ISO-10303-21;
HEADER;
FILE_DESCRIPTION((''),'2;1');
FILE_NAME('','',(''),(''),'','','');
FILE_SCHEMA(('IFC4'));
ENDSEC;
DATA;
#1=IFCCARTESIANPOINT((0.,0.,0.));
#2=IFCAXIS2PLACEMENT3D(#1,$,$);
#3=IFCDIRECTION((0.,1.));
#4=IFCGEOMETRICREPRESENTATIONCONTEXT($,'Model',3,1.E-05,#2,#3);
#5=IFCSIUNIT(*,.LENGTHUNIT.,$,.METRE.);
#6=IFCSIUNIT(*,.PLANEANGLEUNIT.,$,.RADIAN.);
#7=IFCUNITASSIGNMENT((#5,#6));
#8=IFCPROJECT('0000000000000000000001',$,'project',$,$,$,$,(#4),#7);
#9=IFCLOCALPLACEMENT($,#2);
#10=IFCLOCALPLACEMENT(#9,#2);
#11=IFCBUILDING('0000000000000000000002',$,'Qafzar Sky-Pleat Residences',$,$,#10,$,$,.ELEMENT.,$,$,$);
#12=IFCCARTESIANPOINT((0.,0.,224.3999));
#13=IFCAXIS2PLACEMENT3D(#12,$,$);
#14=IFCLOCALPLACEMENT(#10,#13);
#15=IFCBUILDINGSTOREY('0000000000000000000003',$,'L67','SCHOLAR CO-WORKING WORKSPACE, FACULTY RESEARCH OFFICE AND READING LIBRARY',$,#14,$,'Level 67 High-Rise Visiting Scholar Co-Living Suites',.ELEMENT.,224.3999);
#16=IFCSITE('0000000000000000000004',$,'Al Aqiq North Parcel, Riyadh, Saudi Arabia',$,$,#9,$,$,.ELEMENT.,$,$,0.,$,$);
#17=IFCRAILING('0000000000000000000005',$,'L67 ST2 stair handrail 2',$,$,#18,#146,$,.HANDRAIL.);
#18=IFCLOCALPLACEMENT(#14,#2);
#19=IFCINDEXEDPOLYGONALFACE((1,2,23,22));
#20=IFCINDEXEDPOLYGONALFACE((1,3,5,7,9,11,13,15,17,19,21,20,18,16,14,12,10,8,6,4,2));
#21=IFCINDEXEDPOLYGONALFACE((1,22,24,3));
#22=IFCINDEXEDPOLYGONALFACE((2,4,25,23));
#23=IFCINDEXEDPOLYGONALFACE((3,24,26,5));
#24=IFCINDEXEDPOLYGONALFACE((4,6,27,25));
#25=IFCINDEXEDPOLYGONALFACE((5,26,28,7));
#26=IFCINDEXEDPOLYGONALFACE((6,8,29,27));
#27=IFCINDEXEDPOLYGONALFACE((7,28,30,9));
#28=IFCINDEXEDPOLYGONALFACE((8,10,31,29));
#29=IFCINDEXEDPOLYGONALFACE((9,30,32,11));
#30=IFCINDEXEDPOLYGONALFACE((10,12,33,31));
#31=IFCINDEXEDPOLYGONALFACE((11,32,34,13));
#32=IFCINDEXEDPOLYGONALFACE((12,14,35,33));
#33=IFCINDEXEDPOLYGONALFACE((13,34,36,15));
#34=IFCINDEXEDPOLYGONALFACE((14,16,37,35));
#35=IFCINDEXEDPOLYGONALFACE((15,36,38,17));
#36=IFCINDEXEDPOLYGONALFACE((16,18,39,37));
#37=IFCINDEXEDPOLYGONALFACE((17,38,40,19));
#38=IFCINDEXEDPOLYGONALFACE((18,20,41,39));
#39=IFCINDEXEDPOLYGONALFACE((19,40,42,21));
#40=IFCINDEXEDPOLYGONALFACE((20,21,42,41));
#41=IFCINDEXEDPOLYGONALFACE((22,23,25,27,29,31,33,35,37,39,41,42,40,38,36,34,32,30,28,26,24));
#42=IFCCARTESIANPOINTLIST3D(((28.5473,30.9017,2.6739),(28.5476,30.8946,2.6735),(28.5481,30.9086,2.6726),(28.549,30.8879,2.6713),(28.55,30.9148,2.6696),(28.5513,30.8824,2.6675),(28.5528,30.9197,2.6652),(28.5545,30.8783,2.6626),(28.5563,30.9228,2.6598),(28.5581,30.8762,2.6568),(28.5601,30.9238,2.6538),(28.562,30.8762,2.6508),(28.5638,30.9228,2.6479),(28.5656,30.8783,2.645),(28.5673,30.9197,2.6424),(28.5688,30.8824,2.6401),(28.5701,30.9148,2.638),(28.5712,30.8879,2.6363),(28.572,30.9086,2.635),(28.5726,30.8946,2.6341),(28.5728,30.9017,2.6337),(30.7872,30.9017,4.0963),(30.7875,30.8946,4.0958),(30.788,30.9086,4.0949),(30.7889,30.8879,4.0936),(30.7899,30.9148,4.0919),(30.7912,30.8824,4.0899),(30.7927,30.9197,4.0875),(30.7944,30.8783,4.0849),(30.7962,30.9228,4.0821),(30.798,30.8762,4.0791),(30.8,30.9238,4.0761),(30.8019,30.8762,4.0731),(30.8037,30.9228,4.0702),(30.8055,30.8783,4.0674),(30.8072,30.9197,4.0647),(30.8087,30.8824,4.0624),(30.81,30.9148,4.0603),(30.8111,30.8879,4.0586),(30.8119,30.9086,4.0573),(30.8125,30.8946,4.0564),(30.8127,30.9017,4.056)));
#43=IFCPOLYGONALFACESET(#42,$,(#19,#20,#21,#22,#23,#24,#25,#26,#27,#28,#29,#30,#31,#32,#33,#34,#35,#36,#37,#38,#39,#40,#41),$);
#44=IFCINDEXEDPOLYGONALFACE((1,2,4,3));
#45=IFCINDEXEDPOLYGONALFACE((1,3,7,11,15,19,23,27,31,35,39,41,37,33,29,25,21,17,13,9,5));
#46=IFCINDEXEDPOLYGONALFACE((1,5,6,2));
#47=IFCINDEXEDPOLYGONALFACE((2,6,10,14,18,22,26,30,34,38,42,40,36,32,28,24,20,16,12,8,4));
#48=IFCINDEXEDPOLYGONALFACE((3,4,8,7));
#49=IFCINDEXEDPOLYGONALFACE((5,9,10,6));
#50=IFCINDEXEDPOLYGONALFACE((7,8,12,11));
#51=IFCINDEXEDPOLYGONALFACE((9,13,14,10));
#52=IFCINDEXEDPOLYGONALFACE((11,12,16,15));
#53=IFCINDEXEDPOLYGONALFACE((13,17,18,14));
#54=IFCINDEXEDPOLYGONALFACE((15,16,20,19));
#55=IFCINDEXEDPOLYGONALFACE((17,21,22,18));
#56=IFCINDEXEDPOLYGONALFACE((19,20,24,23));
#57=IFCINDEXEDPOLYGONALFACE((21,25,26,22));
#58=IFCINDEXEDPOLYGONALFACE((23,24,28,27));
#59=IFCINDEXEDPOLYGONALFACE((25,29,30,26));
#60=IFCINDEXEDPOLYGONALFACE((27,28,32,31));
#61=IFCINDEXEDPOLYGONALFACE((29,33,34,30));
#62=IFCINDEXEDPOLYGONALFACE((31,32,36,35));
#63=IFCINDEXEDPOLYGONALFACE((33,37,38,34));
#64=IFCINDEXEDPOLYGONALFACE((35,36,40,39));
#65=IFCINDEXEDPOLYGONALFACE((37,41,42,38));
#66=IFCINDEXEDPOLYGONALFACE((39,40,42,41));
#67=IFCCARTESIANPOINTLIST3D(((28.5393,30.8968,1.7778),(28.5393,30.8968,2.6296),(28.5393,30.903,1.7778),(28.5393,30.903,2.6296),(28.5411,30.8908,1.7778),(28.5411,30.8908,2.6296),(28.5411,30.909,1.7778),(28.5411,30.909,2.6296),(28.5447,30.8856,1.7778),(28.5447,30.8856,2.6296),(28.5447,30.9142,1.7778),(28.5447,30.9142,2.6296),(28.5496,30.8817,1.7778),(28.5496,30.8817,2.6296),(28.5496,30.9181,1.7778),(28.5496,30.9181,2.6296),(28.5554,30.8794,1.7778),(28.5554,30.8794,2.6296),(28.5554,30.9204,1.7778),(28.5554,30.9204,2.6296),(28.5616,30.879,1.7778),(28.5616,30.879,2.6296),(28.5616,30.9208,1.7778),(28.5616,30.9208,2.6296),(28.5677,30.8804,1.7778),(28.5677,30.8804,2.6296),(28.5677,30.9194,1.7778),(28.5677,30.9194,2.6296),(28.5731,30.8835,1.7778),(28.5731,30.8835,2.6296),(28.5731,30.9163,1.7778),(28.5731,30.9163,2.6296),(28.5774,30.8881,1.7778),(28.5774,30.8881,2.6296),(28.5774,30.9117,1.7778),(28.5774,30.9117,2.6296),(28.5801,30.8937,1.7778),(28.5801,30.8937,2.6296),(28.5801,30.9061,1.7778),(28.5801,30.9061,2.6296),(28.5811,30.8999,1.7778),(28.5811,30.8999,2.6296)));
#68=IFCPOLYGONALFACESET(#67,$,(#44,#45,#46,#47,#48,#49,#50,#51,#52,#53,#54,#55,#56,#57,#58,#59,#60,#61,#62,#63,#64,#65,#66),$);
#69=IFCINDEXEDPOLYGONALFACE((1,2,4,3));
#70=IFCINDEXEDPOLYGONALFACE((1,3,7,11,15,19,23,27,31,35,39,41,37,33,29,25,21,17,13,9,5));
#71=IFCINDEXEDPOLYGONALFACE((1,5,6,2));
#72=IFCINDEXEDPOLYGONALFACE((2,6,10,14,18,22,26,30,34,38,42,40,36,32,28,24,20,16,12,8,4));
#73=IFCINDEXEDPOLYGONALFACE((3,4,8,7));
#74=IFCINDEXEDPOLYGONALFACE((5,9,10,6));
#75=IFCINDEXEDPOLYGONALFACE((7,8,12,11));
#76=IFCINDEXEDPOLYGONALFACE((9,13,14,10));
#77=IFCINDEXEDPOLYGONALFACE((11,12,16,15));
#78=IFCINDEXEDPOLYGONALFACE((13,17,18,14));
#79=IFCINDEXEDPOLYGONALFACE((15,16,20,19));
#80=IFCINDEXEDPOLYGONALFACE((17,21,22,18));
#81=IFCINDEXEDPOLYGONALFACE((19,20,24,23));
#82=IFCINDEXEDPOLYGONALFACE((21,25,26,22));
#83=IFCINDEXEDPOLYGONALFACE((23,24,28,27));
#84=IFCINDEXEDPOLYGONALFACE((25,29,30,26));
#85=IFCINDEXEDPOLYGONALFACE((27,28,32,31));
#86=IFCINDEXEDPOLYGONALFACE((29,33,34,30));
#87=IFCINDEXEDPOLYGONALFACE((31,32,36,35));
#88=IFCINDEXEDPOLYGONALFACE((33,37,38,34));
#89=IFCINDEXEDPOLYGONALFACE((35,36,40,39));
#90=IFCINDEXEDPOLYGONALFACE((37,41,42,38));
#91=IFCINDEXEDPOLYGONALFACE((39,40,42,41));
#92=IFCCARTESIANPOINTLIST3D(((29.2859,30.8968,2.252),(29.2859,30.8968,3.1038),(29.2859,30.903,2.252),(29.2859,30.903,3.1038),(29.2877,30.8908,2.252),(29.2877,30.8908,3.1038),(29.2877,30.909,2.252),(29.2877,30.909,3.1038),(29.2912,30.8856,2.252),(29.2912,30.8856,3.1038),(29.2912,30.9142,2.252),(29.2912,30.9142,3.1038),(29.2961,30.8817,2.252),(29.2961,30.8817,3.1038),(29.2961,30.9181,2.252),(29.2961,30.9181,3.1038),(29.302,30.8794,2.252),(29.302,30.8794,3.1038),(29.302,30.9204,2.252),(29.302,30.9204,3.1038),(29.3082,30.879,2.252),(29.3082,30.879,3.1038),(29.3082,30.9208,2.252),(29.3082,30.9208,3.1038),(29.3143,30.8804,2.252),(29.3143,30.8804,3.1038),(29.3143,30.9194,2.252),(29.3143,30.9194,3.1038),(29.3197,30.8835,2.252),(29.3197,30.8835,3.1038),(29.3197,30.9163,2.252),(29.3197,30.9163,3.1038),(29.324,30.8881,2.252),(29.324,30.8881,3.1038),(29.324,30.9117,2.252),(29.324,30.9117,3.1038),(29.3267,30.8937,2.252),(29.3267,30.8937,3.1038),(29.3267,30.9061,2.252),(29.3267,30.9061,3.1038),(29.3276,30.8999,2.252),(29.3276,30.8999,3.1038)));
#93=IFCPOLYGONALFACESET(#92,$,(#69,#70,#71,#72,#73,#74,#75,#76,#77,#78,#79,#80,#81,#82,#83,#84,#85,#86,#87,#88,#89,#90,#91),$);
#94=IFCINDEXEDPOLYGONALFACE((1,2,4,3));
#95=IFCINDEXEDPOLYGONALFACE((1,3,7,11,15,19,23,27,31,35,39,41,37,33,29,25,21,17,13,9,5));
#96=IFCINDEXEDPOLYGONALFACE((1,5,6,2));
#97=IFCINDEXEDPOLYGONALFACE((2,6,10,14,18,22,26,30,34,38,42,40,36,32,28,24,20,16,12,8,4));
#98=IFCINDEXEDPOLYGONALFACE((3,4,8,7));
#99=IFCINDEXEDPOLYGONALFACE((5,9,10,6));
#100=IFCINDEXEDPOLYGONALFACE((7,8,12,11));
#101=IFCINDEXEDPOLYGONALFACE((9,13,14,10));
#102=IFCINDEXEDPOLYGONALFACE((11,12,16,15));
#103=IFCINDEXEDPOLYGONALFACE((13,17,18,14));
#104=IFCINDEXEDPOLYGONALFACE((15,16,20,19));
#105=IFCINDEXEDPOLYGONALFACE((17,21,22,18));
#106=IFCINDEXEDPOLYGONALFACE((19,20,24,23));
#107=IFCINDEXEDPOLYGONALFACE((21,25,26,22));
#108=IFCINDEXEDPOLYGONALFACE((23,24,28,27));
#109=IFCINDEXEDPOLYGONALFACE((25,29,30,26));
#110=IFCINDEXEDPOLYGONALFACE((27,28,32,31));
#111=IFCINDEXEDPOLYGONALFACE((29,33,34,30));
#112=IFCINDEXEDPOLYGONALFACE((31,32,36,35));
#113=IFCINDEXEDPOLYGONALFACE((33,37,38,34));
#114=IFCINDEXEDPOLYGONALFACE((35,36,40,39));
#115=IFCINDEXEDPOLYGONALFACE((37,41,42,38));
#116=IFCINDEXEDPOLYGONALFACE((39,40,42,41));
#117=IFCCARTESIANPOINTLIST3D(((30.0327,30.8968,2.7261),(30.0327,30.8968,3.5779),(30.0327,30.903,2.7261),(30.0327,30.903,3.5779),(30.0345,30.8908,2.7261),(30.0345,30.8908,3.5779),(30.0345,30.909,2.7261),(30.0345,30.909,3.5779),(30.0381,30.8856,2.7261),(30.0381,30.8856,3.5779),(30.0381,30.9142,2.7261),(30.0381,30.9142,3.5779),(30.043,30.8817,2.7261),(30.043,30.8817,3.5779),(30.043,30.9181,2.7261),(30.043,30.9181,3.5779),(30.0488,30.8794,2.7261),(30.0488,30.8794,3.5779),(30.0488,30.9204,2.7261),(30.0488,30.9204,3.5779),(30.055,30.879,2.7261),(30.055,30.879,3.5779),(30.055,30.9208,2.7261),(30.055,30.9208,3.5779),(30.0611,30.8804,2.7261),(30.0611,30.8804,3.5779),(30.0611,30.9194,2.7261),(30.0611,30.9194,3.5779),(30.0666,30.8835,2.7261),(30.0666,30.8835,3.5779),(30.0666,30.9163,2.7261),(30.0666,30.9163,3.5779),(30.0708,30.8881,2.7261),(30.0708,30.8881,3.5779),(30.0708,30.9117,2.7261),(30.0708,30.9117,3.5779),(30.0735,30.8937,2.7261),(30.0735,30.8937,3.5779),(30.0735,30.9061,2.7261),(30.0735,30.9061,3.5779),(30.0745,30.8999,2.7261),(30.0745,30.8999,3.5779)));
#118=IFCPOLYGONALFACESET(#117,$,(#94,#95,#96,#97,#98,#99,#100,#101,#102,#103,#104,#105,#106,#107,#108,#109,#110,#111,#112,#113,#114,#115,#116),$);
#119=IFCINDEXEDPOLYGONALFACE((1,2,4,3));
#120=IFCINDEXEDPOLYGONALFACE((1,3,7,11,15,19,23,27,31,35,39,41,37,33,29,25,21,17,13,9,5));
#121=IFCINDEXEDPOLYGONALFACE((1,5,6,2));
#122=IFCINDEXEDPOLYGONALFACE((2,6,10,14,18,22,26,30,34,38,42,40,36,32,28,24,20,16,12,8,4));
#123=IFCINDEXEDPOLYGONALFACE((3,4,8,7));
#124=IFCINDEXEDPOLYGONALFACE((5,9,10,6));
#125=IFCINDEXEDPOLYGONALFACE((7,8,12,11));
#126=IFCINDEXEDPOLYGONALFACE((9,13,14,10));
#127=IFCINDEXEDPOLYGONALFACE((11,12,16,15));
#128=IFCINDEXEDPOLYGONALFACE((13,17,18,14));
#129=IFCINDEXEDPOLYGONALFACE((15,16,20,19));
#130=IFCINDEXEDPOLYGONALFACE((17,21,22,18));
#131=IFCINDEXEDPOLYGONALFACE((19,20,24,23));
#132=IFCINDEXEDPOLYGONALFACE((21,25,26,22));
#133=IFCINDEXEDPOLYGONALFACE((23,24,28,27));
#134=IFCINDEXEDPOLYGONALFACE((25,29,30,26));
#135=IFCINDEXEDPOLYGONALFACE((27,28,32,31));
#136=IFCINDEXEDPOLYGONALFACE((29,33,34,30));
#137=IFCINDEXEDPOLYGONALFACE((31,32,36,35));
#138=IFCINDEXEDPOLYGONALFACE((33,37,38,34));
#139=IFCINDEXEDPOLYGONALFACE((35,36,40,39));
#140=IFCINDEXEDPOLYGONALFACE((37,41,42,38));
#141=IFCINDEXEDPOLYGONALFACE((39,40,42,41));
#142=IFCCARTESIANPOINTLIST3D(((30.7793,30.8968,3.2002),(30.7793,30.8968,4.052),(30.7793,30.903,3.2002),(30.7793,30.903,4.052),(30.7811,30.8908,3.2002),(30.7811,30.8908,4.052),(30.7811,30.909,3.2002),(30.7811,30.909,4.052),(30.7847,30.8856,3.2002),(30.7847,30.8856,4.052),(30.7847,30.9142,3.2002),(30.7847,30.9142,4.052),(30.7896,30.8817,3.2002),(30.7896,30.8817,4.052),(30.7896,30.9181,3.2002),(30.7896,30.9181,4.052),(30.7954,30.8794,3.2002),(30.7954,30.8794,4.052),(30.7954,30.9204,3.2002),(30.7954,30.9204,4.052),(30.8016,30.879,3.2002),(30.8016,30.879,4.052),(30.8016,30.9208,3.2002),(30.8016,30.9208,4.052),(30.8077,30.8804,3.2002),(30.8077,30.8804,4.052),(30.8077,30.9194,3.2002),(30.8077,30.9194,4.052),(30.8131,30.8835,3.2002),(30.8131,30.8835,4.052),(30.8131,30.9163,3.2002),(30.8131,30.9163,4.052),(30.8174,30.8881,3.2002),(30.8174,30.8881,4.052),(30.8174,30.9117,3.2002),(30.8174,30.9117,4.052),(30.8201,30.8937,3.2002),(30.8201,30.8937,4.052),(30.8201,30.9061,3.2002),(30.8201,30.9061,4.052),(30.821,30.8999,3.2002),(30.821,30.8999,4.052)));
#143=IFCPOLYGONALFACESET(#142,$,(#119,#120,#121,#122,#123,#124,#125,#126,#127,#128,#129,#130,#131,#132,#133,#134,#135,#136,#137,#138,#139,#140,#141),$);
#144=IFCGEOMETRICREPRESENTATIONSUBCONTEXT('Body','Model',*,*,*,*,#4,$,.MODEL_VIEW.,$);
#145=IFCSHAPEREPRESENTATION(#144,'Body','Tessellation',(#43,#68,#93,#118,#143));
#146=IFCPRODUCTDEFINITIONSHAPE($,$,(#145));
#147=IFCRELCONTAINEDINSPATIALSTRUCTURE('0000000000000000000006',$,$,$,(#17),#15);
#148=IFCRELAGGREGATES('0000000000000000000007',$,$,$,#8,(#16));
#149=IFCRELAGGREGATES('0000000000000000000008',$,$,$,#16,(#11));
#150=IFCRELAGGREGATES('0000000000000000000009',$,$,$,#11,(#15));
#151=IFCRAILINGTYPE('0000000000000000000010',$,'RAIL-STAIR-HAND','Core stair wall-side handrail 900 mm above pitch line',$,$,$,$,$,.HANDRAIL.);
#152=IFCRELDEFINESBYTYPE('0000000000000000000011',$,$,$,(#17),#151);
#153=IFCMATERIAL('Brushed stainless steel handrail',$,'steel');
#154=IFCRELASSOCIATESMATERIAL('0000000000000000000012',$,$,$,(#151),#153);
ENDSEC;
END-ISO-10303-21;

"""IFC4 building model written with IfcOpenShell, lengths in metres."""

from ifc_helpers import new_model, si_unit, direction, frame, origin, origin_2d, place, context, subcontext, project, spatial, circle, extrude, source, transform, mapped, material, type_object, element, save


model = new_model("IFC4")

# Units and contexts
model_context = context("Model", 3, precision=1e-05, world=origin(), true_north=direction((0.0, 1.0)))
body_context = subcontext(model_context, "Body", "Model", "MODEL_VIEW")
ifc_project = project(units=[si_unit("LENGTHUNIT", "METRE"), si_unit("PLANEANGLEUNIT", "RADIAN")], contexts=[model_context])

# Site, building, storey
site_placement = place(None, origin())
site = spatial("IfcSite", under=ifc_project, at=site_placement, Name="Al Aqiq North Parcel, Riyadh, Saudi Arabia", CompositionType="ELEMENT", RefElevation=0.0)
building_placement = place(site_placement, origin())
building = spatial("IfcBuilding", under=site, at=building_placement, Name="Qafzar Sky-Pleat Residences", CompositionType="ELEMENT")
storey_placement = place(building_placement, frame((0.0, 0.0, 224.3999)))
storey = spatial("IfcBuildingStorey", under=building, at=storey_placement, Name="L67", Description="SCHOLAR CO-WORKING WORKSPACE, FACULTY RESEARCH OFFICE AND READING LIBRARY", LongName="Level 67 High-Rise Visiting Scholar Co-Living Suites", CompositionType="ELEMENT", Elevation=224.3999)

# Railing
ifc_material_1 = material(Name="Brushed stainless steel handrail", Category="steel")
railing_type_1 = type_object("IfcRailingType", Name="RAIL-STAIR-HAND", Description="Core stair wall-side handrail 900 mm above pitch line", PredefinedType="HANDRAIL", material=ifc_material_1)
shared_shape_1 = source(origin(), body_context, "Body", "SweptSolid", [
    extrude(circle(Radius=0.0239, at=origin_2d()), frame((0.0, 0.0, 0.876), z_axis=(0.844188, 0.0, 0.536048), x_axis=(0.0, 1.0, 0.0)), (0.0, 0.0, 1.0), 2.6533),
    extrude(circle(Radius=0.021, at=origin_2d()), origin(), (0.0, 0.0, 1.0), 0.8518),
    extrude(circle(Radius=0.021, at=origin_2d()), frame((0.7466, 0.0, 0.4741)), (0.0, 0.0, 1.0), 0.8518),
    extrude(circle(Radius=0.021, at=origin_2d()), frame((1.4934, 0.0, 0.9482)), (0.0, 0.0, 1.0), 0.8518),
    extrude(circle(Radius=0.021, at=origin_2d()), frame((2.24, 0.0, 1.4224)), (0.0, 0.0, 1.0), 0.8518),
])
railing_1_placement = place(storey_placement, frame((28.5601, 30.8999, 1.7778)))
element("IfcRailing", 1, at=railing_1_placement, inside=storey, type_object=railing_type_1, Name="L67 ST2 stair handrail 2", PredefinedType="HANDRAIL", context=body_context, shape_type="MappedRepresentation", body=[
    mapped(shared_shape_1, transform((0.0, 0.0, 0.0), x_axis=(1.0, 0.0, 0.0), y_axis=(0.0, 1.0, 0.0), z_axis=(0.0, 0.0, 1.0), scale=1.0)),
])

save(model, "model.ifc")
